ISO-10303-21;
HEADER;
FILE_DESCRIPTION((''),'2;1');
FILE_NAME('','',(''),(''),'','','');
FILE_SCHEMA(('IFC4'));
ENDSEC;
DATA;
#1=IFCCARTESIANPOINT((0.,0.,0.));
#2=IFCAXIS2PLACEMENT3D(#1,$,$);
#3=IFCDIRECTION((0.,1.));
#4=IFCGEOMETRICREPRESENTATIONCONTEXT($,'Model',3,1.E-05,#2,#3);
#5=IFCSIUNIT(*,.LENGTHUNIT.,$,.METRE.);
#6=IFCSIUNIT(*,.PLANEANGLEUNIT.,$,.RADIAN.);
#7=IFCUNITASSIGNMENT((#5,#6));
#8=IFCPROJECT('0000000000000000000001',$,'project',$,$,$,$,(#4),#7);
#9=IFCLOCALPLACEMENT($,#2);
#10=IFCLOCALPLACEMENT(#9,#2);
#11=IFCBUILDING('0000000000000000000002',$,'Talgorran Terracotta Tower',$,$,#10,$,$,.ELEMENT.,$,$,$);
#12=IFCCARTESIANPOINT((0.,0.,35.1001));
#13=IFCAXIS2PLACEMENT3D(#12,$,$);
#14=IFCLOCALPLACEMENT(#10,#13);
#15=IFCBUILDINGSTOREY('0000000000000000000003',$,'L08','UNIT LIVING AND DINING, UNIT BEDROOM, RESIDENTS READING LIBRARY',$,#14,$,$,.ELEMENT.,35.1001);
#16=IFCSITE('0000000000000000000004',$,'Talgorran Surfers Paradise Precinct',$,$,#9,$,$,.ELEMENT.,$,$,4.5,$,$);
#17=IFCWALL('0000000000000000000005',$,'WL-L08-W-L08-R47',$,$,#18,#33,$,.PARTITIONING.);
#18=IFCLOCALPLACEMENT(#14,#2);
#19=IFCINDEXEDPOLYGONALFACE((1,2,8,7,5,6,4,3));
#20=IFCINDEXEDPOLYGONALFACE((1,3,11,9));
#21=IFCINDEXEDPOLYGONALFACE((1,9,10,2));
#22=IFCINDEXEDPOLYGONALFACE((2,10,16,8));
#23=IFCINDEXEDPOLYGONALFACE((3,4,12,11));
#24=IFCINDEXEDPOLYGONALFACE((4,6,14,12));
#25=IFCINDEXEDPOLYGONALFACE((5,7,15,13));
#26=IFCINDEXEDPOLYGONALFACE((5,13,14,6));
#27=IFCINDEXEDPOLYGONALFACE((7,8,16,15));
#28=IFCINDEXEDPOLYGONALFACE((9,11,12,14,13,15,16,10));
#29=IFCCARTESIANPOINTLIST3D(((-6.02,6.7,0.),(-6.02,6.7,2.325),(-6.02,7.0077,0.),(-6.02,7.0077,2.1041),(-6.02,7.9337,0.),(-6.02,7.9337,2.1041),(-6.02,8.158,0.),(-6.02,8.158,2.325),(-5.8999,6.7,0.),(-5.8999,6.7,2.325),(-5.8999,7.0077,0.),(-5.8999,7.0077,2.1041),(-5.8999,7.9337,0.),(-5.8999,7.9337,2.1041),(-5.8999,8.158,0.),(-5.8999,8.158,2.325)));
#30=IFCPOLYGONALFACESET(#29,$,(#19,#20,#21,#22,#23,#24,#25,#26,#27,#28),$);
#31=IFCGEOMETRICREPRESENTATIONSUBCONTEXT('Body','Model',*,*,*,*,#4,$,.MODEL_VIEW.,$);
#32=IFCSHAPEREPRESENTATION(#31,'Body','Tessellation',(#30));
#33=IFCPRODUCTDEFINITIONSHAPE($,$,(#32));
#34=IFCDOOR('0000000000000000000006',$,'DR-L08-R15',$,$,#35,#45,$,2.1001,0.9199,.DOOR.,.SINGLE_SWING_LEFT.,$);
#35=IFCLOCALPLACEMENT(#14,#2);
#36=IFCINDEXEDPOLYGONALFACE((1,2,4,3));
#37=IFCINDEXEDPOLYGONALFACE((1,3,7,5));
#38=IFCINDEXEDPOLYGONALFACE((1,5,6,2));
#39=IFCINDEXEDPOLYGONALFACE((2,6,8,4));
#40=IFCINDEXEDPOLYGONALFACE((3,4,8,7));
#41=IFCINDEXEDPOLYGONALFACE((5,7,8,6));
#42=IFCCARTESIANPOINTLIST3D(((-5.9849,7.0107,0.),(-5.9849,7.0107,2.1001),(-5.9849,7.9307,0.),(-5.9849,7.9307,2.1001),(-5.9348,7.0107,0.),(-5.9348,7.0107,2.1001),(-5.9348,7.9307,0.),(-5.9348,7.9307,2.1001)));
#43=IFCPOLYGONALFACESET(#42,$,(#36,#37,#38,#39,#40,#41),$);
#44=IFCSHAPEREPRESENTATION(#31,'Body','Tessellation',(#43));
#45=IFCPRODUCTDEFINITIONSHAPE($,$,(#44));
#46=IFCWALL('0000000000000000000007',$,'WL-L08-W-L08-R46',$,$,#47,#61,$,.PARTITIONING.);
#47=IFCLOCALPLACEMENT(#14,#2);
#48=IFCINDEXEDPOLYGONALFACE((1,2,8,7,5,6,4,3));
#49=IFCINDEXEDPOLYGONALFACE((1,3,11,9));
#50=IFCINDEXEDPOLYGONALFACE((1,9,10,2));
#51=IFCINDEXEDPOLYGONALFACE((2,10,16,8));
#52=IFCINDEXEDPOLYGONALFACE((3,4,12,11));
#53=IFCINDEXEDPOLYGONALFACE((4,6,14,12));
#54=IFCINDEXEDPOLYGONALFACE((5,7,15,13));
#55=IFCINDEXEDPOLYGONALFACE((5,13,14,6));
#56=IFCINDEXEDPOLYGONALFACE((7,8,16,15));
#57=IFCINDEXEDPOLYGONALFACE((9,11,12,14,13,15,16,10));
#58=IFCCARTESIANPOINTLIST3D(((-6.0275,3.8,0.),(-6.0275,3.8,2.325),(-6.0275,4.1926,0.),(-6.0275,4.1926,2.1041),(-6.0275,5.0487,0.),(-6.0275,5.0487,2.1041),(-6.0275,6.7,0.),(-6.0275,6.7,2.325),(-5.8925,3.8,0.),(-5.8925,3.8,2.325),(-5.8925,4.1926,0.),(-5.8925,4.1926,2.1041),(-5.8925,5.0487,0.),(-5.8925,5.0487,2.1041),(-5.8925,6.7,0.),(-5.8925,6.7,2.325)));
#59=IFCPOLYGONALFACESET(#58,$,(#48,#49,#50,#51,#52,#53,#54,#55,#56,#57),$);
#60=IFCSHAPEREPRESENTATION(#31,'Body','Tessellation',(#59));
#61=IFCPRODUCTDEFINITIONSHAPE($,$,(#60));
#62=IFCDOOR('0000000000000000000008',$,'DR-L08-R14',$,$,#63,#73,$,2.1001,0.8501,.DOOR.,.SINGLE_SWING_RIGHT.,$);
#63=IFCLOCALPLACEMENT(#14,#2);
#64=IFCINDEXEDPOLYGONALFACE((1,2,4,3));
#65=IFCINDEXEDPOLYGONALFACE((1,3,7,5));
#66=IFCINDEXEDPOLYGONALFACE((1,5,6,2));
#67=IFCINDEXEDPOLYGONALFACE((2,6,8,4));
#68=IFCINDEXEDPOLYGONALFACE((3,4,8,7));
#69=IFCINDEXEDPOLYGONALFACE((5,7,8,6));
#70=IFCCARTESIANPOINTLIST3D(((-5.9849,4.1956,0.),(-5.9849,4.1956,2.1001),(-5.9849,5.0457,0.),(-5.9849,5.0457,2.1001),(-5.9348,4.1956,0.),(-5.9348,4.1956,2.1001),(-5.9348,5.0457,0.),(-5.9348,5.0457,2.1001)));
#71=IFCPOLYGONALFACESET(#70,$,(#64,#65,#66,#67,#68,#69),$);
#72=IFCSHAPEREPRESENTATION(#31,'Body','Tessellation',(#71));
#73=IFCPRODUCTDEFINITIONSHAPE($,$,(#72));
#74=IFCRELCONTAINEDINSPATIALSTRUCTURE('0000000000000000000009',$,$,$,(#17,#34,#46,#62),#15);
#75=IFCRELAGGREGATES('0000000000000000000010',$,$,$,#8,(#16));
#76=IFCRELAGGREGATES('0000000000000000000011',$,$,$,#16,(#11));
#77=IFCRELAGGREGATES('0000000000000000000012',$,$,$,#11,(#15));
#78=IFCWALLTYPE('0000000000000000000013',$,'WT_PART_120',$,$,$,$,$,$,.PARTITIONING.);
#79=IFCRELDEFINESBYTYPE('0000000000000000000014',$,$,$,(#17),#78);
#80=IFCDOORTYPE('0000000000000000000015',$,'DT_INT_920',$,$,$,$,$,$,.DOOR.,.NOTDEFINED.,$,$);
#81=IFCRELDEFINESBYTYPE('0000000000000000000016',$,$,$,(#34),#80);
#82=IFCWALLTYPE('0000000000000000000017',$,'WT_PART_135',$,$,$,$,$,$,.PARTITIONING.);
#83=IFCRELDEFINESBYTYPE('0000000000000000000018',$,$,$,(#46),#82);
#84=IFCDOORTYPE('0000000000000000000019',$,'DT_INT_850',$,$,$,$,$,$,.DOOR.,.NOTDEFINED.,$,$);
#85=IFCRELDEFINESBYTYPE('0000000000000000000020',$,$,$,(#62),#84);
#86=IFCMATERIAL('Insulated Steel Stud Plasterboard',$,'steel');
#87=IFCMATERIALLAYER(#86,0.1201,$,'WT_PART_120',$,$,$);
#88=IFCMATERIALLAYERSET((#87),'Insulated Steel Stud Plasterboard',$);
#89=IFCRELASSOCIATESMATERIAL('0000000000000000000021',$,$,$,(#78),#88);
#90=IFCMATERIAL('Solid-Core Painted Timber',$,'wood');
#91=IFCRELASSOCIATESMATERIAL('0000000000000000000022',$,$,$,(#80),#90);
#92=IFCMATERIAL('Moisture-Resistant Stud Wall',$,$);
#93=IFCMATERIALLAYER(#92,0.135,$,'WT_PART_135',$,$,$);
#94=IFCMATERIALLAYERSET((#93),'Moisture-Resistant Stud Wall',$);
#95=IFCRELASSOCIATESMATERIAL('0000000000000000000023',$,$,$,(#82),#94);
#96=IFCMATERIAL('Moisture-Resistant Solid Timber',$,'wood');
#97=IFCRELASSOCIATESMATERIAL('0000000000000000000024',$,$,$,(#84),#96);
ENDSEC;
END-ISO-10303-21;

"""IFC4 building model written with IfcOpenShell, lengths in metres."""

from ifc_helpers import new_model, si_unit, direction, frame, frame_2d, origin, place, context, subcontext, project, spatial, rectangle, extrude, material, layer, layer_set, type_object, element, fill, save


model = new_model("IFC4")

# Units and contexts
model_context = context("Model", 3, precision=1e-05, world=origin(), true_north=direction((0.0, 1.0)))
body_context = subcontext(model_context, "Body", "Model", "MODEL_VIEW")
ifc_project = project(units=[si_unit("LENGTHUNIT", "METRE"), si_unit("PLANEANGLEUNIT", "RADIAN")], contexts=[model_context])

# Site, building, storey
site_placement = place(None, origin())
site = spatial("IfcSite", under=ifc_project, at=site_placement, Name="Talgorran Surfers Paradise Precinct", CompositionType="ELEMENT", RefElevation=4.5)
building_placement = place(site_placement, origin())
building = spatial("IfcBuilding", under=site, at=building_placement, Name="Talgorran Terracotta Tower", CompositionType="ELEMENT")
storey_placement = place(building_placement, frame((0.0, 0.0, 35.1001)))
storey = spatial("IfcBuildingStorey", under=building, at=storey_placement, Name="L08", Description="UNIT LIVING AND DINING, UNIT BEDROOM, RESIDENTS READING LIBRARY", CompositionType="ELEMENT", Elevation=35.1001)

# Shared definitions
ifc_material_1 = material(Name="Insulated Steel Stud Plasterboard", Category="steel")
ifc_layer_1 = layer(ifc_material_1, 0.1201, Name="WT_PART_120")
ifc_layer_set_1 = layer_set([ifc_layer_1], Name="Insulated Steel Stud Plasterboard")
wall_type_1 = type_object("IfcWallType", Name="WT_PART_120", PredefinedType="PARTITIONING", material=ifc_layer_set_1)
ifc_material_2 = material(Name="Solid-Core Painted Timber", Category="wood")
door_type_1 = type_object("IfcDoorType", Name="DT_INT_920", OperationType="NOTDEFINED", PredefinedType="DOOR", material=ifc_material_2)

# Walls, openings, doors
wall_1_placement = place(storey_placement, frame((-5.96, 6.7, 0.0), z_axis=(0.0, 0.0, 1.0), x_axis=(0.0, 1.0, 0.0)))
wall_1 = element("IfcWall", 1, at=wall_1_placement, inside=storey, type_object=wall_type_1, Name="WL-L08-W-L08-R47", PredefinedType="PARTITIONING", context=body_context, shape_type="SweptSolid", body=[
    extrude(rectangle(XDim=1.458, YDim=0.1201, at=frame_2d((0.729, 0.0))), origin(), (0.0, 0.0, 1.0), 2.325),
])
opening_1_placement = place(wall_1_placement, frame((0.3108, 0.0, 0.0)))
opening_1 = element("IfcOpeningElement", 2, at=opening_1_placement, cuts=wall_1, PredefinedType="OPENING", context=body_context, shape_type="SweptSolid", body=[
    extrude(rectangle(XDim=0.9259, YDim=2.1041, at=frame_2d((0.46, 1.052))), frame((0.0, 0.0701, 0.0), z_axis=(0.0, -1.0, 0.0), x_axis=(1.0, 0.0, 0.0)), (0.0, 0.0, 1.0), 0.1401),
])
door_1_placement = place(opening_1_placement, origin())
door_1 = element("IfcDoor", 3, at=door_1_placement, inside=storey, type_object=door_type_1, Name="DR-L08-R15", OperationType="SINGLE_SWING_LEFT", OverallHeight=2.1001, OverallWidth=0.9199, PredefinedType="DOOR", context=body_context, shape_type="SweptSolid", body=[
    extrude(rectangle(XDim=0.9199, YDim=2.1001, at=frame_2d((0.46, 1.05))), frame((0.0, 0.0249, 0.0), z_axis=(0.0, -1.0, 0.0), x_axis=(1.0, 0.0, 0.0)), (0.0, 0.0, 1.0), 0.05),
])
fill(opening_1, door_1)
ifc_material_3 = material(Name="Moisture-Resistant Stud Wall")
ifc_layer_2 = layer(ifc_material_3, 0.135, Name="WT_PART_135")
ifc_layer_set_2 = layer_set([ifc_layer_2], Name="Moisture-Resistant Stud Wall")
wall_type_2 = type_object("IfcWallType", Name="WT_PART_135", PredefinedType="PARTITIONING", material=ifc_layer_set_2)
wall_2_placement = place(storey_placement, frame((-5.96, 3.8, 0.0), z_axis=(0.0, 0.0, 1.0), x_axis=(0.0, 1.0, 0.0)))
wall_2 = element("IfcWall", 4, at=wall_2_placement, inside=storey, type_object=wall_type_2, Name="WL-L08-W-L08-R46", PredefinedType="PARTITIONING", context=body_context, shape_type="SweptSolid", body=[
    extrude(rectangle(XDim=2.8999, YDim=0.135, at=frame_2d((1.45, 0.0))), origin(), (0.0, 0.0, 1.0), 2.325),
])
opening_2_placement = place(wall_2_placement, frame((0.3955, 0.0, 0.0)))
opening_2 = element("IfcOpeningElement", 5, at=opening_2_placement, cuts=wall_2, PredefinedType="OPENING", context=body_context, shape_type="SweptSolid", body=[
    extrude(rectangle(XDim=0.8561, YDim=2.1041, at=frame_2d((0.425, 1.052))), frame((0.0, 0.0776, 0.0), z_axis=(0.0, -1.0, 0.0), x_axis=(1.0, 0.0, 0.0)), (0.0, 0.0, 1.0), 0.155),
])
ifc_material_4 = material(Name="Moisture-Resistant Solid Timber", Category="wood")
door_type_2 = type_object("IfcDoorType", Name="DT_INT_850", OperationType="NOTDEFINED", PredefinedType="DOOR", material=ifc_material_4)
door_2_placement = place(opening_2_placement, origin())
door_2 = element("IfcDoor", 6, at=door_2_placement, inside=storey, type_object=door_type_2, Name="DR-L08-R14", OperationType="SINGLE_SWING_RIGHT", OverallHeight=2.1001, OverallWidth=0.8501, PredefinedType="DOOR", context=body_context, shape_type="SweptSolid", body=[
    extrude(rectangle(XDim=0.8501, YDim=2.1001, at=frame_2d((0.425, 1.05))), frame((0.0, 0.0249, 0.0), z_axis=(0.0, -1.0, 0.0), x_axis=(1.0, 0.0, 0.0)), (0.0, 0.0, 1.0), 0.05),
])
fill(opening_2, door_2)

save(model, "model.ifc")
